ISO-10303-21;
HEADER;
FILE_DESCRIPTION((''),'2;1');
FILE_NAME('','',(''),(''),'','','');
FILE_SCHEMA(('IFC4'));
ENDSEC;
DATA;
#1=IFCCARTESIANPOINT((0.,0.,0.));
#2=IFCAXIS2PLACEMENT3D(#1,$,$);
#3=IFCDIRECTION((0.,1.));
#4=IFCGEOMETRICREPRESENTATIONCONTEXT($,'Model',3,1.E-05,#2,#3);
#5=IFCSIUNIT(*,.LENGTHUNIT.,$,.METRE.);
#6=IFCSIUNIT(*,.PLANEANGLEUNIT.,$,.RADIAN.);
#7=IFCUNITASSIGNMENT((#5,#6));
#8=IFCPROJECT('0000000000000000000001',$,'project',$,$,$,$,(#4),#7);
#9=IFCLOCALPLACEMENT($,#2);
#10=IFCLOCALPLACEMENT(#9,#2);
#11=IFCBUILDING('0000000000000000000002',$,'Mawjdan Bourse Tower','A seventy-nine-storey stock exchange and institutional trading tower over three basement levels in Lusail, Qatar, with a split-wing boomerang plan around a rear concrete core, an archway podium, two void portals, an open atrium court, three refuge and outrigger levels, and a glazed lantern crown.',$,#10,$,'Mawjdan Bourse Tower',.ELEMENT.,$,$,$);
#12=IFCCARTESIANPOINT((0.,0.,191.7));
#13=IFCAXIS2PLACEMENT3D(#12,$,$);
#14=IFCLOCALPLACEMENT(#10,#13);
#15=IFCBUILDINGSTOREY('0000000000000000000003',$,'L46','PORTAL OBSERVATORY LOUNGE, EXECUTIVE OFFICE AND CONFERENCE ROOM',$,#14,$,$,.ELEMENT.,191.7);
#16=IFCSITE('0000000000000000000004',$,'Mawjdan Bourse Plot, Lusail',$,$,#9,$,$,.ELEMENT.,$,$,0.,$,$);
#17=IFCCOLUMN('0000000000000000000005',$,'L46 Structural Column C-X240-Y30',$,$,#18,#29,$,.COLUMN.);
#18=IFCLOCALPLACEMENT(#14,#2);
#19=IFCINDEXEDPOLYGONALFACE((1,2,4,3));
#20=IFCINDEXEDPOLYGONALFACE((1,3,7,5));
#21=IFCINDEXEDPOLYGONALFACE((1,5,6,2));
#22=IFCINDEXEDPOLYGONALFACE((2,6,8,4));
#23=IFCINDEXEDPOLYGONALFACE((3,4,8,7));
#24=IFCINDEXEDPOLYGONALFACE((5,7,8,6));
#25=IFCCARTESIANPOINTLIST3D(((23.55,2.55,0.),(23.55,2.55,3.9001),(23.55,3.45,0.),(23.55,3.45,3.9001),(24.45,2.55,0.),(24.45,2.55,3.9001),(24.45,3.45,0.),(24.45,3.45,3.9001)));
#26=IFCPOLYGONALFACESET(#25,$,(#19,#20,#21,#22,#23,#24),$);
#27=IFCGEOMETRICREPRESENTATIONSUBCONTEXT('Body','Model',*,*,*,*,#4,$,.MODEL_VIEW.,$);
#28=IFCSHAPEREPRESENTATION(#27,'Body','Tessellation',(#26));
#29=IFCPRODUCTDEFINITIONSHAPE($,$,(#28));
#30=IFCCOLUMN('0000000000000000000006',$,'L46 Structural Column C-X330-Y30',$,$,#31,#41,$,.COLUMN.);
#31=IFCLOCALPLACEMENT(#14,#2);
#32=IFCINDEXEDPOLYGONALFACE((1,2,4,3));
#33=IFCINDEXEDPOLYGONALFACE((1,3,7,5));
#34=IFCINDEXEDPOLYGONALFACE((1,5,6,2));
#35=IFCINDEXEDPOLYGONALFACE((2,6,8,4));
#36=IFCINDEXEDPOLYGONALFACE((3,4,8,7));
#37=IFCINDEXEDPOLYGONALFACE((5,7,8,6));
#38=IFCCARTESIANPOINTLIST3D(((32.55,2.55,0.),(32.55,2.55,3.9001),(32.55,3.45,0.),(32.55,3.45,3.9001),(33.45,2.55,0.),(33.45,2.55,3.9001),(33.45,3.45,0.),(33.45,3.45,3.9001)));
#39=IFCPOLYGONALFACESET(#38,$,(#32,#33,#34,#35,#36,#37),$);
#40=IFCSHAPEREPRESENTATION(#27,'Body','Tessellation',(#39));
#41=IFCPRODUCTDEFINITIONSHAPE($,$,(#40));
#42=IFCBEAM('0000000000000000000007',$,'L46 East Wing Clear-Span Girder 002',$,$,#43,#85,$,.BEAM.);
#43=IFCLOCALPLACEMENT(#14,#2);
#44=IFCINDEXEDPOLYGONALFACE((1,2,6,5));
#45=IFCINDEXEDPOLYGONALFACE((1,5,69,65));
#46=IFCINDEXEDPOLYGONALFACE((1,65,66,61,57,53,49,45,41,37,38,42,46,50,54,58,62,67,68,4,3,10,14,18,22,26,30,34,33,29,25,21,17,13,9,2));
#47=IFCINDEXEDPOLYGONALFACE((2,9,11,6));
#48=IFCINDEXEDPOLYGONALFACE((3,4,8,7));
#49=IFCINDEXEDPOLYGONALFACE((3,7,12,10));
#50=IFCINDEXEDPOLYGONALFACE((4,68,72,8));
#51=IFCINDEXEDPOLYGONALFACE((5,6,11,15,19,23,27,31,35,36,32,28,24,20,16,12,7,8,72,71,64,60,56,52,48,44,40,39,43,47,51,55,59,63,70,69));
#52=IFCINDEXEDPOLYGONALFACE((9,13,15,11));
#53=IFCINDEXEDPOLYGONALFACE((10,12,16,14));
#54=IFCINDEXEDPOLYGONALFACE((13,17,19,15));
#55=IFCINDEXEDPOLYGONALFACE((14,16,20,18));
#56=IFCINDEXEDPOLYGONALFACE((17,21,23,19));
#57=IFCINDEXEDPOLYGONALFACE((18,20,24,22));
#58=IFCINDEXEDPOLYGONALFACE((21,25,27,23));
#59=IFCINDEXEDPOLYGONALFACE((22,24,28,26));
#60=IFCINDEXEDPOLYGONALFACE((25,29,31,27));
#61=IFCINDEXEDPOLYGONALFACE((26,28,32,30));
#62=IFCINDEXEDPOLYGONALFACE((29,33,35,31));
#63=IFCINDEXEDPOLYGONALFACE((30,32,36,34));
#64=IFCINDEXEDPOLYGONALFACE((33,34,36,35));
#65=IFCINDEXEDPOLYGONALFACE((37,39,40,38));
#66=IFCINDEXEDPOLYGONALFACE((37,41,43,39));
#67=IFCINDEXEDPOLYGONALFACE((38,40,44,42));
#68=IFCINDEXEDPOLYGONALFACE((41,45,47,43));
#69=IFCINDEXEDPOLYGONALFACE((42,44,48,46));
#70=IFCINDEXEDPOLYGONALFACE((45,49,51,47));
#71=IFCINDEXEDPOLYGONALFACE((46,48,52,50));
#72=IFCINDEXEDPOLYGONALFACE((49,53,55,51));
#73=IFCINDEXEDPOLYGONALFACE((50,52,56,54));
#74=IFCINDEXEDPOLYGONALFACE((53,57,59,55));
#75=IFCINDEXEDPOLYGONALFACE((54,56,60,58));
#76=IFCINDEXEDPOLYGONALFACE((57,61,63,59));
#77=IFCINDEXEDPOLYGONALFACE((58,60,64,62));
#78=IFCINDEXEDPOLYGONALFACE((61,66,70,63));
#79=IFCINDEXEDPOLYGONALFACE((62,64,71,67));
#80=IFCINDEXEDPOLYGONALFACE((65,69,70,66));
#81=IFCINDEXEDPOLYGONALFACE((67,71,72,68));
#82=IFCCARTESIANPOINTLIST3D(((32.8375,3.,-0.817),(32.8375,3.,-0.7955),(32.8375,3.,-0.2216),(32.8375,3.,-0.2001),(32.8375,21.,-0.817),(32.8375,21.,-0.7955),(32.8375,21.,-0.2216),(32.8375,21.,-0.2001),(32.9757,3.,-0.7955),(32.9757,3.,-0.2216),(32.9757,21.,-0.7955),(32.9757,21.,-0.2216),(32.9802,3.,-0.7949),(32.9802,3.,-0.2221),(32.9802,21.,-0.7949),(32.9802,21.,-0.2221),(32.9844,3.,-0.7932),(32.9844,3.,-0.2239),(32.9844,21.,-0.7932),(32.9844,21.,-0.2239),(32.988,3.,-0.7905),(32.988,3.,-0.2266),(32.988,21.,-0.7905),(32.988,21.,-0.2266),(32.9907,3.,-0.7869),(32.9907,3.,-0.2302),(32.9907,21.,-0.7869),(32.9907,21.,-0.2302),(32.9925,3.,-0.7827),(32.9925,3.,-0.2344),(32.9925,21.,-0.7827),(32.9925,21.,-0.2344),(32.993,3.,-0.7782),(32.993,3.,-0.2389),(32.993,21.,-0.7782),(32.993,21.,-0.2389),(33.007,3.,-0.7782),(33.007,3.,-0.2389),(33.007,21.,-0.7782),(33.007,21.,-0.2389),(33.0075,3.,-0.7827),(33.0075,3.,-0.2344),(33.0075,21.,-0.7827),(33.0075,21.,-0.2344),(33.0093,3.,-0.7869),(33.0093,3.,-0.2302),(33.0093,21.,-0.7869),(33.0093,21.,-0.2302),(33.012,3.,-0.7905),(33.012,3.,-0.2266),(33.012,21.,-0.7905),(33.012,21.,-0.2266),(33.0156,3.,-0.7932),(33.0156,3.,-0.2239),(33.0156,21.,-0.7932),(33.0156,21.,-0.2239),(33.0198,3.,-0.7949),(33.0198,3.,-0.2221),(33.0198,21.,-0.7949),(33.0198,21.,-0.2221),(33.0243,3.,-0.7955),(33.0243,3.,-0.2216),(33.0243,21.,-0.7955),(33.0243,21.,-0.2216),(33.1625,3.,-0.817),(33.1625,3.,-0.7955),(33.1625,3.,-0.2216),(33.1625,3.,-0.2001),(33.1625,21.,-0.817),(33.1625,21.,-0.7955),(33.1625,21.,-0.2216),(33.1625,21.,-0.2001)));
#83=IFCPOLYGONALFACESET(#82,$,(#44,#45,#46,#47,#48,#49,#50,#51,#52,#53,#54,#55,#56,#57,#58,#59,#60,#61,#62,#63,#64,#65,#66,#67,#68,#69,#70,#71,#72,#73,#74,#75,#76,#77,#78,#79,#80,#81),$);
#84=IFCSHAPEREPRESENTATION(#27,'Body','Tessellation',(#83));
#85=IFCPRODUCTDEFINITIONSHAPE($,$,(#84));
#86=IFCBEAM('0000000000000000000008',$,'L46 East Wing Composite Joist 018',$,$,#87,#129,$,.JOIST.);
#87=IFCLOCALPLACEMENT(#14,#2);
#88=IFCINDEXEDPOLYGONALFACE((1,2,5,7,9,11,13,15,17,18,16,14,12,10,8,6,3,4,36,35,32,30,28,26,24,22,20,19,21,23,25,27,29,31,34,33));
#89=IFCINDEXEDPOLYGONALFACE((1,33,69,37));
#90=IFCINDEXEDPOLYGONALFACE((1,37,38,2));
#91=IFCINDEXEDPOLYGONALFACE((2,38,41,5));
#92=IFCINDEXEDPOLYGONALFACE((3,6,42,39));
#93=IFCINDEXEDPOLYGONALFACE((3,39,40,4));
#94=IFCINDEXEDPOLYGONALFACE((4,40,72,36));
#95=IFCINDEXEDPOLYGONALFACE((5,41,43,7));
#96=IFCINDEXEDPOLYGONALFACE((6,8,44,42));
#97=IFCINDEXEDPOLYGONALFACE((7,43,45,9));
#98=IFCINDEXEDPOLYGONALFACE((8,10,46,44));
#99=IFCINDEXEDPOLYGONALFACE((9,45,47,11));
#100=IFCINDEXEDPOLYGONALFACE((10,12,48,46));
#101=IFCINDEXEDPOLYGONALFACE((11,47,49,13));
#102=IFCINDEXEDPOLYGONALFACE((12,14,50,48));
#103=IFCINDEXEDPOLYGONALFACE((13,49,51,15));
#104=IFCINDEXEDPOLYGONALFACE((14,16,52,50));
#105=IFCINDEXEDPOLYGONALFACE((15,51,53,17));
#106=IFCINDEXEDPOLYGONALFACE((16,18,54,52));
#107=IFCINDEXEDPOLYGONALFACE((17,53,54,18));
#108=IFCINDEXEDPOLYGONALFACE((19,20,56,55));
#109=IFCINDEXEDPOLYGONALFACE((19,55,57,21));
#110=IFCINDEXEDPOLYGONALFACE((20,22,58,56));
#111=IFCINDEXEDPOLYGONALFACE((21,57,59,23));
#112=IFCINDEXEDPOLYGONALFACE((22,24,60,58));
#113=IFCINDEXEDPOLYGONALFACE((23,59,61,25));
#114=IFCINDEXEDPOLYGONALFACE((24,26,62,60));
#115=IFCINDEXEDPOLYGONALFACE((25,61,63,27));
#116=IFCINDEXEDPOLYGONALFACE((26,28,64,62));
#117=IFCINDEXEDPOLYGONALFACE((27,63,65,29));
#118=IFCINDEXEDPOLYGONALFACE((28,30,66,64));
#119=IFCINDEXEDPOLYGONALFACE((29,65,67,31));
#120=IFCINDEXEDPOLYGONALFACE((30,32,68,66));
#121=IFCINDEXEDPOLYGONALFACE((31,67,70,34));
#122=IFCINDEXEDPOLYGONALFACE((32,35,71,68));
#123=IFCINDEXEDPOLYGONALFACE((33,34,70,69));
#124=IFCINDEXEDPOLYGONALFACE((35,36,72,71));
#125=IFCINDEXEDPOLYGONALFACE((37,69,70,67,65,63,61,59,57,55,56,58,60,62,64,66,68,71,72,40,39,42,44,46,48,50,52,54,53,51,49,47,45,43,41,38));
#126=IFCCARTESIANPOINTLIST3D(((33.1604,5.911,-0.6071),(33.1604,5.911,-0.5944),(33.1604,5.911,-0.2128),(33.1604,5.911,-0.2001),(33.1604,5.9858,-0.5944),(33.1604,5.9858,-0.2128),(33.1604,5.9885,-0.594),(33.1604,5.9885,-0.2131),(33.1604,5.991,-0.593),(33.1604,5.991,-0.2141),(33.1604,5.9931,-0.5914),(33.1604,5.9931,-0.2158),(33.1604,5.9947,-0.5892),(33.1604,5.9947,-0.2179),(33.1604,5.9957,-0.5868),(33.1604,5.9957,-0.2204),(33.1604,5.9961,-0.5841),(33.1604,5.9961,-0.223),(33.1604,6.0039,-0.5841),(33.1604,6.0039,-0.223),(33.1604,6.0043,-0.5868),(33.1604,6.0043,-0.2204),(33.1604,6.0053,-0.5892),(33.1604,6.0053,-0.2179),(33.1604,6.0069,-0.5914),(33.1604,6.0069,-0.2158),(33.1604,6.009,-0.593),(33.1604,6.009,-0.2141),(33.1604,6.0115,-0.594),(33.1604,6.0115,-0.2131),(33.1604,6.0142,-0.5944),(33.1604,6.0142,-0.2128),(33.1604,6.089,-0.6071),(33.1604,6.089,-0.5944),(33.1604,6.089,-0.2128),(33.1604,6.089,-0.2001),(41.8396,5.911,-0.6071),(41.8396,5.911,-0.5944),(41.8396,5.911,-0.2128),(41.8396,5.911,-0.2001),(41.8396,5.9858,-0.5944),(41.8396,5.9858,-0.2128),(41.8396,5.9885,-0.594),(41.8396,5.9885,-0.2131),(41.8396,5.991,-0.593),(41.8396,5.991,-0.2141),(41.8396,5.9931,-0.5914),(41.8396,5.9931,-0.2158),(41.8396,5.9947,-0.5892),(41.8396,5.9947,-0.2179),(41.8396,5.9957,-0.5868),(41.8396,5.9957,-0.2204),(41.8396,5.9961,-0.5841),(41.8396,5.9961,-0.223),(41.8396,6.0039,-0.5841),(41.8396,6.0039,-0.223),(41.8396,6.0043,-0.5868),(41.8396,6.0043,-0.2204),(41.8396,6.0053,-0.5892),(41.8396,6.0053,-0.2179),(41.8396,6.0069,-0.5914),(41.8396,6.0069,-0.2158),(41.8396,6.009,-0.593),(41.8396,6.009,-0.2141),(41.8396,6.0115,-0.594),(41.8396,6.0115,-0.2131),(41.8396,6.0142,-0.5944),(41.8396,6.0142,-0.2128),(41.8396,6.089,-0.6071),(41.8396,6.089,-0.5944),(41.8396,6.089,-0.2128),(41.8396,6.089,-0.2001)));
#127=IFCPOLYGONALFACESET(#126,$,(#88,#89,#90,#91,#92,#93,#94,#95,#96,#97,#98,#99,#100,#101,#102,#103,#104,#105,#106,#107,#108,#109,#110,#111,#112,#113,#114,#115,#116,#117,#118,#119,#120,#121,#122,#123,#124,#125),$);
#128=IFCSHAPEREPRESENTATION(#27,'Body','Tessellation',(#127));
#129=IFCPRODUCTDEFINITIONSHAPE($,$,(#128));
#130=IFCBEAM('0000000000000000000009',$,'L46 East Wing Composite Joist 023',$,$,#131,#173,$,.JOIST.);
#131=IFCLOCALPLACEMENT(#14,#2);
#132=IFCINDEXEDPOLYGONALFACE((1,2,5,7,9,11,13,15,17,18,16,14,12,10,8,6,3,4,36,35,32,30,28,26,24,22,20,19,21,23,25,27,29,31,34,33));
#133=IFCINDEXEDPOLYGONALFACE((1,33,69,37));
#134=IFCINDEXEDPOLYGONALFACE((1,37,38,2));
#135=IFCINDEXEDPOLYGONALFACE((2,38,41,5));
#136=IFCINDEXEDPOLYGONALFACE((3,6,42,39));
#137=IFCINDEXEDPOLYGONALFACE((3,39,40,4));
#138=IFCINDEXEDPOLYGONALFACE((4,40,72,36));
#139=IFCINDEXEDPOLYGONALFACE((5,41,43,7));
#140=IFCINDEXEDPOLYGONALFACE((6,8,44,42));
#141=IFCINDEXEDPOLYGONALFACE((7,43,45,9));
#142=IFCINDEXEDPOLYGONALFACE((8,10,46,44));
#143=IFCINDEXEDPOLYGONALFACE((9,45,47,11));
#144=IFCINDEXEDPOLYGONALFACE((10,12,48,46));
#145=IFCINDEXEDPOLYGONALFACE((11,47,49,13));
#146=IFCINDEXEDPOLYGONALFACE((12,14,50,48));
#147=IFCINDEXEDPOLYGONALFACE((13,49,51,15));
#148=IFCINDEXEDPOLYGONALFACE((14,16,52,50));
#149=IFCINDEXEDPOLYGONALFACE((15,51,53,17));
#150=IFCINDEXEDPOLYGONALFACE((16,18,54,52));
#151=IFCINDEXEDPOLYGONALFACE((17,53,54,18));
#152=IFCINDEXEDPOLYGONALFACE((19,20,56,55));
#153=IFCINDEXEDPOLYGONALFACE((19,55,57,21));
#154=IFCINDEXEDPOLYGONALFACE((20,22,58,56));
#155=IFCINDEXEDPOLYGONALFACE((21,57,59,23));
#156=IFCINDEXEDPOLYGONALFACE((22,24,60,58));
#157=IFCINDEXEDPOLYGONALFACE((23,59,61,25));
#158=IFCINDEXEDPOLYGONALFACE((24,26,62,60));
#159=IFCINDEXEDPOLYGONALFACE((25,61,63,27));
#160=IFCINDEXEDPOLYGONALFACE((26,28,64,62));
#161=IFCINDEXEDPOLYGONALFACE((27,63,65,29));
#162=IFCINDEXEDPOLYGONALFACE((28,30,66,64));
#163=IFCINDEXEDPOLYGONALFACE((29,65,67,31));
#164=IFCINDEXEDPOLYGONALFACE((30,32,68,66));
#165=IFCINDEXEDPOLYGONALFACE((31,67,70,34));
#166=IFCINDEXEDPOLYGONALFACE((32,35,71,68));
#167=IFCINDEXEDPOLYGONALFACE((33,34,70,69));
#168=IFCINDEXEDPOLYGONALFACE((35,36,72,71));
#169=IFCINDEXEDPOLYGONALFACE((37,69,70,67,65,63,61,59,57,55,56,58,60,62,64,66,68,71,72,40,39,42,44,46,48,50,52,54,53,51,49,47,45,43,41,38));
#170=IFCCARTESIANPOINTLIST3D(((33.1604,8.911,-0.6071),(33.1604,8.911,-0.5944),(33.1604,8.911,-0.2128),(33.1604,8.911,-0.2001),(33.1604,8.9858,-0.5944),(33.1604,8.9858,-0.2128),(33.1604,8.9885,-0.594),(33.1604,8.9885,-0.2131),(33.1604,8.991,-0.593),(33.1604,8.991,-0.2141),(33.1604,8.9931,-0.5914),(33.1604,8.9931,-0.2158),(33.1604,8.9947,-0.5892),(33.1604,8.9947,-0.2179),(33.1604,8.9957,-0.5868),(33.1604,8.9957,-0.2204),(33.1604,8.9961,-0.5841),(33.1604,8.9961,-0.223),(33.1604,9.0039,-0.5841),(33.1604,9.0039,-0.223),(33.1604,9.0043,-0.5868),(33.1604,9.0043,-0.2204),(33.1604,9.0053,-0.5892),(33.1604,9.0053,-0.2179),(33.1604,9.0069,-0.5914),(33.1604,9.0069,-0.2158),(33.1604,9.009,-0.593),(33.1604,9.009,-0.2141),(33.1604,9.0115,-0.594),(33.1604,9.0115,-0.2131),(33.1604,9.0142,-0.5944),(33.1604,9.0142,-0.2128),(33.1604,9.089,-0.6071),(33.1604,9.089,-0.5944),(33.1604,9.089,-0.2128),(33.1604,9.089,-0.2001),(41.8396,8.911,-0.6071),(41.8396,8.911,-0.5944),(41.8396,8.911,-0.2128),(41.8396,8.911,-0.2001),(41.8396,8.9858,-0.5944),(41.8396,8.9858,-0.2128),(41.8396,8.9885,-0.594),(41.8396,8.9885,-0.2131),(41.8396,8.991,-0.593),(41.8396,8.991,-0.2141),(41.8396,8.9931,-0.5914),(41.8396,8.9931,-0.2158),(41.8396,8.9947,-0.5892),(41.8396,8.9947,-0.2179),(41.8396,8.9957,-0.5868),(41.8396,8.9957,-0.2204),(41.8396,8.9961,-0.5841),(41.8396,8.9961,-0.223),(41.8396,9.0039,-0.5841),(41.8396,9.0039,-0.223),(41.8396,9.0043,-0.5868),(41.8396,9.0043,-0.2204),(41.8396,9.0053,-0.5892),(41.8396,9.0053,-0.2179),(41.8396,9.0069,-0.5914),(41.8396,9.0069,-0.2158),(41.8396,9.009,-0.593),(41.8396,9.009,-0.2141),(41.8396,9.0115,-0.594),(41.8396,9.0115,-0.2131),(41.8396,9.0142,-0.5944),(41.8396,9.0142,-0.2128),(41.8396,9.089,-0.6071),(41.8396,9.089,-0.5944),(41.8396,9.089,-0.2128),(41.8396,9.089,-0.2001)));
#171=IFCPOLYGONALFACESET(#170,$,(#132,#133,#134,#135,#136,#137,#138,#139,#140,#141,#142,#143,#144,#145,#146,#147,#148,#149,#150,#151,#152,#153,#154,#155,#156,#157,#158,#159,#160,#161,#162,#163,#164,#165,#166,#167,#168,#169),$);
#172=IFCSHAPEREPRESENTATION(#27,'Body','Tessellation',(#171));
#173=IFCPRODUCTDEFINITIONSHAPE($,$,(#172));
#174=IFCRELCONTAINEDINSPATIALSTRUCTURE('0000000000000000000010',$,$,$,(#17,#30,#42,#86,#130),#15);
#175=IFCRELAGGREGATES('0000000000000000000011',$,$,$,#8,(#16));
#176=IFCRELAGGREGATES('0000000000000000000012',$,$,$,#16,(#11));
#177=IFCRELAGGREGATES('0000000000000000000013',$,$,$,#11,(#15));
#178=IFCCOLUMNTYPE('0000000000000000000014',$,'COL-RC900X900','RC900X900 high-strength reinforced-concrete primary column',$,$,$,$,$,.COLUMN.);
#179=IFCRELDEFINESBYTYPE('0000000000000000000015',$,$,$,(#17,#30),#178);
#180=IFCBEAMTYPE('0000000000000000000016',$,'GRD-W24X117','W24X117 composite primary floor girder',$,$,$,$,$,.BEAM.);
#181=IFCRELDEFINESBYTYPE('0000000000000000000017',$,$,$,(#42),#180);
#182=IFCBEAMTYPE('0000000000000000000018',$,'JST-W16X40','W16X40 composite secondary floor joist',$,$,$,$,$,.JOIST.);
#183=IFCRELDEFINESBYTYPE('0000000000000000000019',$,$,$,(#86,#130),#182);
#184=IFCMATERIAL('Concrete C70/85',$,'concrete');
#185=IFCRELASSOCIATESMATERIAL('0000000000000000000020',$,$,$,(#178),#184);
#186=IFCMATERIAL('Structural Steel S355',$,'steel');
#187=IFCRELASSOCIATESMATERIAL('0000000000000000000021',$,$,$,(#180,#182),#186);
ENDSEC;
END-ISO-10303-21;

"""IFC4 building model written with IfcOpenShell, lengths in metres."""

from ifc_helpers import new_model, si_unit, direction, frame, origin, origin_2d, place, context, subcontext, project, spatial, rectangle, i_section, extrude, material, material_profile, profile_set, type_object, element, save


model = new_model("IFC4")

# Units and contexts
model_context = context("Model", 3, precision=1e-05, world=origin(), true_north=direction((0.0, 1.0)))
body_context = subcontext(model_context, "Body", "Model", "MODEL_VIEW")
ifc_project = project(units=[si_unit("LENGTHUNIT", "METRE"), si_unit("PLANEANGLEUNIT", "RADIAN")], contexts=[model_context])

# Site, building, storey
site_placement = place(None, origin())
site = spatial("IfcSite", under=ifc_project, at=site_placement, Name="Mawjdan Bourse Plot, Lusail", CompositionType="ELEMENT", RefElevation=0.0)
building_placement = place(site_placement, origin())
building = spatial("IfcBuilding", under=site, at=building_placement, Name="Mawjdan Bourse Tower", Description="A seventy-nine-storey stock exchange and institutional trading tower over three basement levels in Lusail, Qatar, with a split-wing boomerang plan around a rear concrete core, an archway podium, two void portals, an open atrium court, three refuge and outrigger levels, and a glazed lantern crown.", LongName="Mawjdan Bourse Tower", CompositionType="ELEMENT")
storey_placement = place(building_placement, frame((0.0, 0.0, 191.7)))
storey = spatial("IfcBuildingStorey", under=building, at=storey_placement, Name="L46", Description="PORTAL OBSERVATORY LOUNGE, EXECUTIVE OFFICE AND CONFERENCE ROOM", CompositionType="ELEMENT", Elevation=191.7)

# Columns
ifc_material_1 = material(Name="Concrete C70/85", Category="concrete")
ifc_material_profile_1 = material_profile(ifc_material_1, rectangle(XDim=0.8999, YDim=0.8999, at=origin_2d()), Name="RC900X900")
ifc_profile_set_1 = profile_set([ifc_material_profile_1], Name="Concrete C70/85")
column_type = type_object("IfcColumnType", Name="COL-RC900X900", Description="RC900X900 high-strength reinforced-concrete primary column", PredefinedType="COLUMN", material=ifc_profile_set_1)
for number, where, z_axis, x_axis, name in (
    (1, (24.0, 3.0, 0.0), (0.0, 0.0, 1.0), (1.0, 0.0, 0.0), "L46 Structural Column C-X240-Y30"),
    (2, (33.0, 3.0, 0.0), (0.0, 0.0, 1.0), (1.0, 0.0, 0.0), "L46 Structural Column C-X330-Y30"),
):
    element("IfcColumn", number, at=place(storey_placement, frame(where, z_axis=z_axis, x_axis=x_axis)), inside=storey, type_object=column_type, Name=name, PredefinedType="COLUMN", context=body_context, shape_type="SweptSolid", body=[
        extrude(rectangle(XDim=0.8999, YDim=0.8999, at=origin_2d()), origin(), (0.0, 0.0, 1.0), 3.9001),
    ])

# Beams
ifc_material_2 = material(Name="Structural Steel S355", Category="steel")
ifc_material_profile_2 = material_profile(ifc_material_2, i_section(OverallWidth=0.325, OverallDepth=0.6169, WebThickness=0.0139, FlangeThickness=0.0215, FilletRadius=0.0173, at=origin_2d()), Name="W24X117")
ifc_profile_set_2 = profile_set([ifc_material_profile_2], Name="Structural Steel S355")
beam_type_1 = type_object("IfcBeamType", Name="GRD-W24X117", Description="W24X117 composite primary floor girder", PredefinedType="BEAM", material=ifc_profile_set_2)
beam_1_placement = place(storey_placement, frame((33.0, 3.0, -0.5085), z_axis=(0.0, 1.0, 0.0), x_axis=(-1.0, 0.0, 0.0)))
element("IfcBeam", 3, at=beam_1_placement, inside=storey, type_object=beam_type_1, Name="L46 East Wing Clear-Span Girder 002", PredefinedType="BEAM", context=body_context, shape_type="SweptSolid", body=[
    extrude(i_section(OverallWidth=0.325, OverallDepth=0.6169, WebThickness=0.0139, FlangeThickness=0.0215, FilletRadius=0.0173, at=origin_2d()), origin(), (0.0, 0.0, 1.0), 18.0),
])
ifc_material_profile_3 = material_profile(ifc_material_2, i_section(OverallWidth=0.178, OverallDepth=0.407, WebThickness=0.0078, FlangeThickness=0.0127, FilletRadius=0.0103, at=origin_2d()), Name="W16X40")
ifc_profile_set_3 = profile_set([ifc_material_profile_3], Name="Structural Steel S355")
beam_type_2 = type_object("IfcBeamType", Name="JST-W16X40", Description="W16X40 composite secondary floor joist", PredefinedType="JOIST", material=ifc_profile_set_3)
for number, where, z_axis, x_axis, name in (
    (4, (33.1604, 6.0, -0.4036), (1.0, 0.0, 0.0), (0.0, 1.0, 0.0), "L46 East Wing Composite Joist 018"),
    (5, (33.1604, 9.0, -0.4036), (1.0, 0.0, 0.0), (0.0, 1.0, 0.0), "L46 East Wing Composite Joist 023"),
):
    element("IfcBeam", number, at=place(storey_placement, frame(where, z_axis=z_axis, x_axis=x_axis)), inside=storey, type_object=beam_type_2, Name=name, PredefinedType="JOIST", context=body_context, shape_type="SweptSolid", body=[
        extrude(i_section(OverallWidth=0.178, OverallDepth=0.407, WebThickness=0.0078, FlangeThickness=0.0127, FilletRadius=0.0103, at=origin_2d()), origin(), (0.0, 0.0, 1.0), 8.6792),
    ])

save(model, "model.ifc")
